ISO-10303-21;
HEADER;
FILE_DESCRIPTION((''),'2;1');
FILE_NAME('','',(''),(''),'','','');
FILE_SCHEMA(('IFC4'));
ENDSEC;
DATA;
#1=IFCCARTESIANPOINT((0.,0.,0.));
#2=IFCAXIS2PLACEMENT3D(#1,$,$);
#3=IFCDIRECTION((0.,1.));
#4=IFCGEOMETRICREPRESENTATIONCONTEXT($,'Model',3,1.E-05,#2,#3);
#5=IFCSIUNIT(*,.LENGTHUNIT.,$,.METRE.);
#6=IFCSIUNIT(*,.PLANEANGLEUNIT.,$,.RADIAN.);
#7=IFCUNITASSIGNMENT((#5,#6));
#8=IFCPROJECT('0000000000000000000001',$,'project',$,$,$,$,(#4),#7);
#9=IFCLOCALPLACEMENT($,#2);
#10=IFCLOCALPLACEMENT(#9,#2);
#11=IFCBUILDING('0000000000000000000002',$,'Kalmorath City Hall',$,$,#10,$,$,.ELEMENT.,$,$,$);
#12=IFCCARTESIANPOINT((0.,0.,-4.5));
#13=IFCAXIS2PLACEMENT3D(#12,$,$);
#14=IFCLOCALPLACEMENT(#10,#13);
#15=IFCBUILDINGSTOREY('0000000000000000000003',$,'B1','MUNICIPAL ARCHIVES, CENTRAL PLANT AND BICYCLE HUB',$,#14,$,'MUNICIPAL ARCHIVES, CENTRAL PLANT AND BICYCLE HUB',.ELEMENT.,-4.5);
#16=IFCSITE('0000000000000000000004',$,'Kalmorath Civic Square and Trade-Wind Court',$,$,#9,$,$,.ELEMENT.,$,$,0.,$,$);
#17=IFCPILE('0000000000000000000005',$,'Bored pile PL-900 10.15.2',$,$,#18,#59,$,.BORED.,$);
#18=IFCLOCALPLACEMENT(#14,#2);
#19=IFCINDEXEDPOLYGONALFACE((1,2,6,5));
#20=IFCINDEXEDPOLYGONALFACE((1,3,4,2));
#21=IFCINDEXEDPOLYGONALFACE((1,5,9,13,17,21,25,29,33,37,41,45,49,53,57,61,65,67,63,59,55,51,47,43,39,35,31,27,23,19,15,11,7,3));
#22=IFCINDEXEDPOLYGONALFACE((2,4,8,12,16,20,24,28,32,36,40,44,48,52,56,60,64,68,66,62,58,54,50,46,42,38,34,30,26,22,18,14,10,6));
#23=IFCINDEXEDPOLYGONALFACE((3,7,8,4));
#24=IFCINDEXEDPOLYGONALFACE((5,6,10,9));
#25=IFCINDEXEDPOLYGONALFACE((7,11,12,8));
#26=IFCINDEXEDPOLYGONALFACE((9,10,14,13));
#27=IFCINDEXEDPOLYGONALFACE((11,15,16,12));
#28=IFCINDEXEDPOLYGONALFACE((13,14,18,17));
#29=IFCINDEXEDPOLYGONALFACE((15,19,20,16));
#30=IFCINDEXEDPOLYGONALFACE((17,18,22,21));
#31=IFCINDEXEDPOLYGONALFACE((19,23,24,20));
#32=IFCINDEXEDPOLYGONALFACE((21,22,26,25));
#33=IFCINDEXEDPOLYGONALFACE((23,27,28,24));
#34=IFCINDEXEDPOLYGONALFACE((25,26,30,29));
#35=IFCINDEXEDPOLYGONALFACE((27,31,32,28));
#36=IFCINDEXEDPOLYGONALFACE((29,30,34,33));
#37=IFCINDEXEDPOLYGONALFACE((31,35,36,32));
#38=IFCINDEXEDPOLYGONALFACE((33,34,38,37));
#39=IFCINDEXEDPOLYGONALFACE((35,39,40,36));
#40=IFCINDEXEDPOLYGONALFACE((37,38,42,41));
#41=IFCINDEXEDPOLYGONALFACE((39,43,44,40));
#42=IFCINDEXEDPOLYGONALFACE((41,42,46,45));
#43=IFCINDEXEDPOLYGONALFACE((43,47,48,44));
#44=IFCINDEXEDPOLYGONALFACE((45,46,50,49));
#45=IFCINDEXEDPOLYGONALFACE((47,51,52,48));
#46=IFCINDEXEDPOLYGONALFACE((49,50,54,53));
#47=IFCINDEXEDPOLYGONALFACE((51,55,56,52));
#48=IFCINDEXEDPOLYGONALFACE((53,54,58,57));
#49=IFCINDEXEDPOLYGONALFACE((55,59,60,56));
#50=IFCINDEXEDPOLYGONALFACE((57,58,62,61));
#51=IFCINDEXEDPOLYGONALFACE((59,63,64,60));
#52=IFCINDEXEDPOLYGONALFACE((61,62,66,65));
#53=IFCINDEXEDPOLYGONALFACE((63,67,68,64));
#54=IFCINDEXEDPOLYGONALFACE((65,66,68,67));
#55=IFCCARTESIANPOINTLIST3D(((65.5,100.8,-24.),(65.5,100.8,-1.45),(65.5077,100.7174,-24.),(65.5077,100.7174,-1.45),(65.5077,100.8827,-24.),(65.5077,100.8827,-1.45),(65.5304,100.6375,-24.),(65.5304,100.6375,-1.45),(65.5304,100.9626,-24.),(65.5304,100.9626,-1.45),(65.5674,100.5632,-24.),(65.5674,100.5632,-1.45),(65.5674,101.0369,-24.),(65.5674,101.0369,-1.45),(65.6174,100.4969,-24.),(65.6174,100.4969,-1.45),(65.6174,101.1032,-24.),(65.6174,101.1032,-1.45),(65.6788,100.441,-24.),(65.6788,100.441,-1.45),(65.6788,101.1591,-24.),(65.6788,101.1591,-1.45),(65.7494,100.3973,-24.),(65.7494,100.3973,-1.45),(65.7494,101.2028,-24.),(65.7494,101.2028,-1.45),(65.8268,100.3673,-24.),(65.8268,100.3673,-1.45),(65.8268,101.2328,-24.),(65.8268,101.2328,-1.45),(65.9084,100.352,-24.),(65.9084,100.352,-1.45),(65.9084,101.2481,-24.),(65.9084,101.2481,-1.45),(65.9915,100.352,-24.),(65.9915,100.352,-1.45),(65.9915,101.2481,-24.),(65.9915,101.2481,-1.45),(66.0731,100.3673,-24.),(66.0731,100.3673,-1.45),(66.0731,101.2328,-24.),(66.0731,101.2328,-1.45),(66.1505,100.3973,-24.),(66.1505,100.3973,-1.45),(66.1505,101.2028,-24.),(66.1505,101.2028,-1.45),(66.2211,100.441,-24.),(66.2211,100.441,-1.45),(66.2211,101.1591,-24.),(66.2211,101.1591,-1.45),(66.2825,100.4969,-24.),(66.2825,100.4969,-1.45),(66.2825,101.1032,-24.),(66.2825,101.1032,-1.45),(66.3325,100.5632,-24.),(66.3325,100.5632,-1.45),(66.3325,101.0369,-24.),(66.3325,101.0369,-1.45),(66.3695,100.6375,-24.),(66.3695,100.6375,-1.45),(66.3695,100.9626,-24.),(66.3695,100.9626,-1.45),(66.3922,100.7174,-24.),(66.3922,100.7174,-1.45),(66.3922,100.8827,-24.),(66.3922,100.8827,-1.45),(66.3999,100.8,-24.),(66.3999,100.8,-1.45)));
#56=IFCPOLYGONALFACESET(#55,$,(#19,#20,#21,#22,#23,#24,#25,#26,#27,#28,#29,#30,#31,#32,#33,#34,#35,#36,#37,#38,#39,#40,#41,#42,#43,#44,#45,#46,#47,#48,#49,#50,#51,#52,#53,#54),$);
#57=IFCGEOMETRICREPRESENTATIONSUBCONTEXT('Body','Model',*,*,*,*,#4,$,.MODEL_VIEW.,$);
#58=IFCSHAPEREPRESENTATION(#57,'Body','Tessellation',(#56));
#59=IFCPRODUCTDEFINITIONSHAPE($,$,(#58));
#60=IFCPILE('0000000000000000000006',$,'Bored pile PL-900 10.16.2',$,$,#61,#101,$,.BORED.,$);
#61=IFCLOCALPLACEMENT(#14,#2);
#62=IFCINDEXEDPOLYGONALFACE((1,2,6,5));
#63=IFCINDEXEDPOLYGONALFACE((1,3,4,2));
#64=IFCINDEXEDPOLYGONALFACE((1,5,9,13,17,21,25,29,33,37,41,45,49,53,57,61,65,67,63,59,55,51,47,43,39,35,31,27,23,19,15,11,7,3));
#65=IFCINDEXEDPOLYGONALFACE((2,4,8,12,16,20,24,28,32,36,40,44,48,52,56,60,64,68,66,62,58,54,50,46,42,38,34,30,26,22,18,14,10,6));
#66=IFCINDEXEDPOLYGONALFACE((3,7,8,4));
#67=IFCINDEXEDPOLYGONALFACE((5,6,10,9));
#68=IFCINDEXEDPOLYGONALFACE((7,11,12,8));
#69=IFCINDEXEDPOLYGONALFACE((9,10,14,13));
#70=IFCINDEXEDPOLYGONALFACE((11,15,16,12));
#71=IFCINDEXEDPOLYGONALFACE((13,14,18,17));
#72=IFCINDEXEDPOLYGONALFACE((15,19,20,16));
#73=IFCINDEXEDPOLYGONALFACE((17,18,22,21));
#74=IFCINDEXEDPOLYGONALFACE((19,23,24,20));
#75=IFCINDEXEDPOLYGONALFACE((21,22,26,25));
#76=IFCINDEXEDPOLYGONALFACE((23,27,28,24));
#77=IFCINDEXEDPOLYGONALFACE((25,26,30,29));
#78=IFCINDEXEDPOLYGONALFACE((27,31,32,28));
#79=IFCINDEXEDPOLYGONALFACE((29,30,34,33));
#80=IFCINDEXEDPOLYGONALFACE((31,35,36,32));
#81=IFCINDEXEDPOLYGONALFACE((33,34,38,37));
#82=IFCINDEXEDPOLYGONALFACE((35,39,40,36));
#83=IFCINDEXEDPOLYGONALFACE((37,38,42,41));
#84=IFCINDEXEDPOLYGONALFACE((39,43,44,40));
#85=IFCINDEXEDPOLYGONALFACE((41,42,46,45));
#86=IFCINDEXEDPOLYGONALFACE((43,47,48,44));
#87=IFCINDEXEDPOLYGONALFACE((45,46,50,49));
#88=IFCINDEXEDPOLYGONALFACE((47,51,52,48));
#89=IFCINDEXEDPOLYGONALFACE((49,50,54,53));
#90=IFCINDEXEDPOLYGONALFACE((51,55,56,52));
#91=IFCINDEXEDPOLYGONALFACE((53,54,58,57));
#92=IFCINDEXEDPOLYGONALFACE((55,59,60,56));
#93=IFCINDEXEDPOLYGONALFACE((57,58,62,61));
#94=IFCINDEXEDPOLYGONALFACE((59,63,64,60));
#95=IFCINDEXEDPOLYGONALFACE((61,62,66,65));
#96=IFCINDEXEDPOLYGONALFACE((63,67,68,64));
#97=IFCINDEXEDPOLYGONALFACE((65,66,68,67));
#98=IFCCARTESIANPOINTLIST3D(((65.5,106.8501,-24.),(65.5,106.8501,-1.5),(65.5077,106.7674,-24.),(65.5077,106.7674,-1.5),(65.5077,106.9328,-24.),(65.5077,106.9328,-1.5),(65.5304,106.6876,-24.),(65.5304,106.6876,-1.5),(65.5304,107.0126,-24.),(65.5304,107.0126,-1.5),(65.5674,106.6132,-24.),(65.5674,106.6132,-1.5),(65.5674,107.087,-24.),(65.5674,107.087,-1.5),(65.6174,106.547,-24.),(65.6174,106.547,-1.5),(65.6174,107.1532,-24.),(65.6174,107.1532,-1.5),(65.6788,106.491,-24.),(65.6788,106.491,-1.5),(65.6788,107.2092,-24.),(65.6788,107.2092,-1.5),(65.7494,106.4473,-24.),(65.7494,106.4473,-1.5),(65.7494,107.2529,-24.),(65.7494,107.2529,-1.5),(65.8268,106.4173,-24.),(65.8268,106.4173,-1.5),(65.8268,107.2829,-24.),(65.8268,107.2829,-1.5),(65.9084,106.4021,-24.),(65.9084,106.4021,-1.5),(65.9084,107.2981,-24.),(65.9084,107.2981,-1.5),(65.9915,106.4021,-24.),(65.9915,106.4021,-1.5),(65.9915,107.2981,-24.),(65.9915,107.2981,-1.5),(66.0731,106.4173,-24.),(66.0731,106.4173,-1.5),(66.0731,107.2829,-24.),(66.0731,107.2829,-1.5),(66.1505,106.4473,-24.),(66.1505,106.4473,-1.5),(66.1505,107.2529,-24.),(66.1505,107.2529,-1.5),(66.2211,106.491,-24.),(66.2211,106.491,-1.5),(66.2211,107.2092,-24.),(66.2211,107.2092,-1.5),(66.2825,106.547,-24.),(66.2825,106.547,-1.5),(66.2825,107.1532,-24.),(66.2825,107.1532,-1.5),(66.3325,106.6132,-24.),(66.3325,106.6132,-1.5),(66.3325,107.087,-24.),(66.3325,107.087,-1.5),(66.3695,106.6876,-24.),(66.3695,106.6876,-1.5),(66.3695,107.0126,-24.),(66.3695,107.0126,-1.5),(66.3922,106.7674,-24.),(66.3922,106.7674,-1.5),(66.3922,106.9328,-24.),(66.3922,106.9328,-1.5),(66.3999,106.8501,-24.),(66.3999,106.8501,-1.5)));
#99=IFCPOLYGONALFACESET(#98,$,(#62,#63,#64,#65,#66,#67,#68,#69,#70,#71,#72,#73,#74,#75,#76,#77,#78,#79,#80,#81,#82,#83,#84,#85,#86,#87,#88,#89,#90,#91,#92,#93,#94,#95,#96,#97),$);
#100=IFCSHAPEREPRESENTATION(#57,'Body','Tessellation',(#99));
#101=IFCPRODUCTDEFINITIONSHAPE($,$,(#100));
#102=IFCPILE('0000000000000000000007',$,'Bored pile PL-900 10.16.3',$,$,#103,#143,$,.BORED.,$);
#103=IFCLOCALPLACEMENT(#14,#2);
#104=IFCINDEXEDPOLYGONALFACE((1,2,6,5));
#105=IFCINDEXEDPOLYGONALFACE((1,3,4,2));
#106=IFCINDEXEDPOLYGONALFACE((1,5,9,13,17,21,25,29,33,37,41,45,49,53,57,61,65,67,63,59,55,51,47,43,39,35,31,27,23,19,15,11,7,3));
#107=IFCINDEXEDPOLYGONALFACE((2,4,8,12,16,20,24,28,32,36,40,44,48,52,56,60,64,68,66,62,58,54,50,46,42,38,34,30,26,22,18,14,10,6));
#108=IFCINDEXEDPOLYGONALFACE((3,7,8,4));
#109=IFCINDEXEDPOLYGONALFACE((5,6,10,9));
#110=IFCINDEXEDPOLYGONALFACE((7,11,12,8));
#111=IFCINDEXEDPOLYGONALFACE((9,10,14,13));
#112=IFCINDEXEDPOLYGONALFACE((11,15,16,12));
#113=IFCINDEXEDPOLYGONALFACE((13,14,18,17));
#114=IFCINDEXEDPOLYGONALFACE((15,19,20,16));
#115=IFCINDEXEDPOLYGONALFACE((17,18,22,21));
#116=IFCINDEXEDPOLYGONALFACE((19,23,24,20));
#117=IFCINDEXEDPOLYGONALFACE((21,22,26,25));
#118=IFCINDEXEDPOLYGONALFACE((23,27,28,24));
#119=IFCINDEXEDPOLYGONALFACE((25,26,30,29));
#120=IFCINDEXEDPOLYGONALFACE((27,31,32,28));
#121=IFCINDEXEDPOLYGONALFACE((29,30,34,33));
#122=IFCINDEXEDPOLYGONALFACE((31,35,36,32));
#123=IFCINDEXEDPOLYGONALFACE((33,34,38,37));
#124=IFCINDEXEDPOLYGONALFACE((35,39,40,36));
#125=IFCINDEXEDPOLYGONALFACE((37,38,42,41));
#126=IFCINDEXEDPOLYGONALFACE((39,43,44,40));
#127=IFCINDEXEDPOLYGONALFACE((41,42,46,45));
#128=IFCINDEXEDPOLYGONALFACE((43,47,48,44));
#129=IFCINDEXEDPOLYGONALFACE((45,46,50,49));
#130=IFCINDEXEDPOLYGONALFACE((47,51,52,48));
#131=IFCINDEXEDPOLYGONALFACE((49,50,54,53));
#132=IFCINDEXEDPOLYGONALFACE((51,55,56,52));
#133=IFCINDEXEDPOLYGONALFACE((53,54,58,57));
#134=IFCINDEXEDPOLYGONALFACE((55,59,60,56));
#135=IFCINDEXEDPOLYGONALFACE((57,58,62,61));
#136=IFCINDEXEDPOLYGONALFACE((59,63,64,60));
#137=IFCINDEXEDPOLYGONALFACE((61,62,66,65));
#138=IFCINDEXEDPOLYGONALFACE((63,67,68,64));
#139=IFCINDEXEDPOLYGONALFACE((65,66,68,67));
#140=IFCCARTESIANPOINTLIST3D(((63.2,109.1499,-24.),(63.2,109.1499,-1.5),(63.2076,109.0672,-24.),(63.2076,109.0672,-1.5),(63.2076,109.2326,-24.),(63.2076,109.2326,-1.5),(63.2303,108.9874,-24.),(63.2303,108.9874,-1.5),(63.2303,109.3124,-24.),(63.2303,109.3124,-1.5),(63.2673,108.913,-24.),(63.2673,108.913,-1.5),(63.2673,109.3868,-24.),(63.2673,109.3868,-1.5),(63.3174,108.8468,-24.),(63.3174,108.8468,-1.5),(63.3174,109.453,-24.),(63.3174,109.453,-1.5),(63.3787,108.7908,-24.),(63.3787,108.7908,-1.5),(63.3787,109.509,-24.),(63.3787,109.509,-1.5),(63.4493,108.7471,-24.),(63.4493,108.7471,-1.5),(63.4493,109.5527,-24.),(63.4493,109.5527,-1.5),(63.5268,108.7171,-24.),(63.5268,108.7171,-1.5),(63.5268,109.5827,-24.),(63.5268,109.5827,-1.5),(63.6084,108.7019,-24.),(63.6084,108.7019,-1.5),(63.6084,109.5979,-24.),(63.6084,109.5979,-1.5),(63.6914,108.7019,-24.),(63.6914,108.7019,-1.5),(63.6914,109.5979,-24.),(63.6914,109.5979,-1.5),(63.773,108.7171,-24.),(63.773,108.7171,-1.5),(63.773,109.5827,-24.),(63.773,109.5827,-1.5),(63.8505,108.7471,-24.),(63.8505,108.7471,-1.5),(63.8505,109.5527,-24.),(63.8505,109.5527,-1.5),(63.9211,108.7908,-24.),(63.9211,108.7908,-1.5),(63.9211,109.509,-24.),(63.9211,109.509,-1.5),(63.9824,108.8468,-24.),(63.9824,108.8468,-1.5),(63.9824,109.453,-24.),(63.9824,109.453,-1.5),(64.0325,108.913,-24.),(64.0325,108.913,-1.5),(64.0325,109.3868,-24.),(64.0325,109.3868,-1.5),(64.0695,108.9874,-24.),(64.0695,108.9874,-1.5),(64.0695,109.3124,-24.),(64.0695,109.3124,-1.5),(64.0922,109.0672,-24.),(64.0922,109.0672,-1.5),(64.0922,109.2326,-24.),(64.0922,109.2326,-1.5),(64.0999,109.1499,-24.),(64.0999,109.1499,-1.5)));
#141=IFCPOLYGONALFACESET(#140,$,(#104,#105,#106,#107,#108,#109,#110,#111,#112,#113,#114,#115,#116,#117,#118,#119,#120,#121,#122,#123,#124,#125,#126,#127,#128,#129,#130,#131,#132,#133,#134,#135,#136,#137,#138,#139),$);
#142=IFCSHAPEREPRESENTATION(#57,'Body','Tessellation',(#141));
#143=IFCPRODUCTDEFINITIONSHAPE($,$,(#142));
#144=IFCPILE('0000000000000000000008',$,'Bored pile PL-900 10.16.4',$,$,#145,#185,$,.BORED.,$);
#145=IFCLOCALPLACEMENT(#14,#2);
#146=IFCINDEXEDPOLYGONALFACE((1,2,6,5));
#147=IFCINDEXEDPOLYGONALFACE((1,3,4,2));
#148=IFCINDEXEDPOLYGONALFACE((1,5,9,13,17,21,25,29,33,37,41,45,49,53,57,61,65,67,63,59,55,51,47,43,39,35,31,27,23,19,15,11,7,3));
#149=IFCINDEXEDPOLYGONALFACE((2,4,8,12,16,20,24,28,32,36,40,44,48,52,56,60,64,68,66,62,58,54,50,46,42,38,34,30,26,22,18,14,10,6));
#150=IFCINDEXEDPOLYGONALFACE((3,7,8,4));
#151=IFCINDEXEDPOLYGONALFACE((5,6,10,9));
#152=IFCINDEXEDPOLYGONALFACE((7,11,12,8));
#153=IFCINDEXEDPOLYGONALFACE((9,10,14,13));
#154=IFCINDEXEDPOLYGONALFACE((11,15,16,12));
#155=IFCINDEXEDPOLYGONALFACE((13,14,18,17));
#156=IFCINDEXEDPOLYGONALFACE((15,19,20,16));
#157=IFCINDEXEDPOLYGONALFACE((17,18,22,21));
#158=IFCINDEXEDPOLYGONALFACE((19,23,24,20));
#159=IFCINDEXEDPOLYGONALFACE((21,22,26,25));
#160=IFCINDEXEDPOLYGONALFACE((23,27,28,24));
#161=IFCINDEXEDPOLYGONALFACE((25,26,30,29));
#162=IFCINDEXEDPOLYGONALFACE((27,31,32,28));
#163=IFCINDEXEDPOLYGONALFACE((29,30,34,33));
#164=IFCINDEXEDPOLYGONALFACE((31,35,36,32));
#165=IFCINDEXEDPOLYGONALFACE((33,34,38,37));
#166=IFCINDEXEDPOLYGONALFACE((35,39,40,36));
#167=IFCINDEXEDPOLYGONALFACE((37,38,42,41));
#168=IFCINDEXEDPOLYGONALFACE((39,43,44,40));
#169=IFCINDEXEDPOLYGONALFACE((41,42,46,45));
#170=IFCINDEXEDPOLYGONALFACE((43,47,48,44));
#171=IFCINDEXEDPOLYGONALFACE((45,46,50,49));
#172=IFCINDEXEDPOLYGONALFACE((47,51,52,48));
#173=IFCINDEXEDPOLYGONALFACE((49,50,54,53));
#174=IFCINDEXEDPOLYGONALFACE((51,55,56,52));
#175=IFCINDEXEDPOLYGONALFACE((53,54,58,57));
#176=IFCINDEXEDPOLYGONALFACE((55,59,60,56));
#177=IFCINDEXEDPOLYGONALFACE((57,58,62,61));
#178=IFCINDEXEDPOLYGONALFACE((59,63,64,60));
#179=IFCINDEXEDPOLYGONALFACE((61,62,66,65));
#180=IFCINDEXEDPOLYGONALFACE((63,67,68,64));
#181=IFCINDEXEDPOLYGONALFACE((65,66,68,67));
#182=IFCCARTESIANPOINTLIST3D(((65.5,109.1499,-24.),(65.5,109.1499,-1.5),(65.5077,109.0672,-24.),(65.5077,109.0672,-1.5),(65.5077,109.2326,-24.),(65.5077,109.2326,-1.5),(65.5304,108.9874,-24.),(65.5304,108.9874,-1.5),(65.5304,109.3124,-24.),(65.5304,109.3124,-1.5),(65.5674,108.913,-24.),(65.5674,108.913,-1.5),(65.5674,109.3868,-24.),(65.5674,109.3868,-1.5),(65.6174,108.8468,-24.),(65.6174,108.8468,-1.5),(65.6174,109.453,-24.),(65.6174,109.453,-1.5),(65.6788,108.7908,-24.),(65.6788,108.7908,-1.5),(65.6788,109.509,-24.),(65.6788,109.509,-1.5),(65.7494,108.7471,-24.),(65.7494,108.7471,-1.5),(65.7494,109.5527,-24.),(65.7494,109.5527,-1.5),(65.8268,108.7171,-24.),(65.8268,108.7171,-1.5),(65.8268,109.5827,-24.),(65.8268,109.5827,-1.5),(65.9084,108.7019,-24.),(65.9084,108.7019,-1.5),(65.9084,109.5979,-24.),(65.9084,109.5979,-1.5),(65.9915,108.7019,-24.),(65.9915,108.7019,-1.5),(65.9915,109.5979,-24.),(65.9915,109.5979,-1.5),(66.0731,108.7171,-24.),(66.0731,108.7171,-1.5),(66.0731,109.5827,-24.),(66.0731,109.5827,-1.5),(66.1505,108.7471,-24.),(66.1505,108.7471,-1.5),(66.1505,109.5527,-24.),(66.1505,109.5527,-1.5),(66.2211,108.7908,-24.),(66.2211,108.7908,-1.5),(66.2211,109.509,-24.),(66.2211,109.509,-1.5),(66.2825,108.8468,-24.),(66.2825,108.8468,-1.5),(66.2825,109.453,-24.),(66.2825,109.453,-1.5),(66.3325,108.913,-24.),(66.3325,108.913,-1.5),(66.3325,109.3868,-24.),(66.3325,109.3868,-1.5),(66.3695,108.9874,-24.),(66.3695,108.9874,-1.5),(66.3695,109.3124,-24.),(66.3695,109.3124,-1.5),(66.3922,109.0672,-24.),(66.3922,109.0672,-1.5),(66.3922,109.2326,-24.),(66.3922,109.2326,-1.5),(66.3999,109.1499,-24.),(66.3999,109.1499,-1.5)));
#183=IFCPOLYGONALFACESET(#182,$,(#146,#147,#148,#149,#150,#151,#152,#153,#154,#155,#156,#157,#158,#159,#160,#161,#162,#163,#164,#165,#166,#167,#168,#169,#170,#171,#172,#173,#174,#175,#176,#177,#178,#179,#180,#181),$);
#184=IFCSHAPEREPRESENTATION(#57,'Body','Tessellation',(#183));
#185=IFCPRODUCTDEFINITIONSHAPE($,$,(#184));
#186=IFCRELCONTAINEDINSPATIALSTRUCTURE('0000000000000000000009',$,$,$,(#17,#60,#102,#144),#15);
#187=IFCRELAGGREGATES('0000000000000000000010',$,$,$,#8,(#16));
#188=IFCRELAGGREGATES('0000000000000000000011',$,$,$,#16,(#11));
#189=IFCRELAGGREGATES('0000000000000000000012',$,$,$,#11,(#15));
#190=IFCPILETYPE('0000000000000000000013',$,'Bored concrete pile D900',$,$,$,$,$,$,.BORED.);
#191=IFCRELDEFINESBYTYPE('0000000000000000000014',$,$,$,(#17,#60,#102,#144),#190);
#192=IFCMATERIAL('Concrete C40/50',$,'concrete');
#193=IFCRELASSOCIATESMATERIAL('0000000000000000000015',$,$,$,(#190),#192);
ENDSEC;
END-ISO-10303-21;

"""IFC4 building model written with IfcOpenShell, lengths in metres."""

from ifc_helpers import new_model, si_unit, direction, frame, origin, origin_2d, place, context, subcontext, project, spatial, circle, extrude, material, material_profile, profile_set, type_object, element, save


model = new_model("IFC4")

# Units and contexts
model_context = context("Model", 3, precision=1e-05, world=origin(), true_north=direction((0.0, 1.0)))
body_context = subcontext(model_context, "Body", "Model", "MODEL_VIEW")
ifc_project = project(units=[si_unit("LENGTHUNIT", "METRE"), si_unit("PLANEANGLEUNIT", "RADIAN")], contexts=[model_context])

# Site, building, storey
site_placement = place(None, origin())
site = spatial("IfcSite", under=ifc_project, at=site_placement, Name="Kalmorath Civic Square and Trade-Wind Court", CompositionType="ELEMENT", RefElevation=0.0)
building_placement = place(site_placement, origin())
building = spatial("IfcBuilding", under=site, at=building_placement, Name="Kalmorath City Hall", CompositionType="ELEMENT")
storey_placement = place(building_placement, frame((0.0, 0.0, -4.5)))
storey = spatial("IfcBuildingStorey", under=building, at=storey_placement, Name="B1", Description="MUNICIPAL ARCHIVES, CENTRAL PLANT AND BICYCLE HUB", LongName="MUNICIPAL ARCHIVES, CENTRAL PLANT AND BICYCLE HUB", CompositionType="ELEMENT", Elevation=-4.5)

# Piles
ifc_material_1 = material(Name="Concrete C40/50", Category="concrete")
ifc_material_profile_1 = material_profile(ifc_material_1, circle(Radius=0.45, at=origin_2d()), Name="PILE-D900")
ifc_profile_set_1 = profile_set([ifc_material_profile_1], Name="Concrete C40/50")
pile_type = type_object("IfcPileType", Name="Bored concrete pile D900", PredefinedType="BORED", material=ifc_profile_set_1)
pile_1_placement = place(storey_placement, frame((65.95, 100.8, -1.45), z_axis=(0.0, 0.0, -1.0), x_axis=(1.0, 0.0, 0.0)))
element("IfcPile", 1, at=pile_1_placement, inside=storey, type_object=pile_type, Name="Bored pile PL-900 10.15.2", PredefinedType="BORED", context=body_context, shape_type="SweptSolid", body=[
    extrude(circle(Radius=0.45, at=origin_2d()), origin(), (0.0, 0.0, 1.0), 22.55),
])
for number, where, z_axis, x_axis, name in (
    (2, (65.95, 106.8501, -1.5), (0.0, 0.0, -1.0), (1.0, 0.0, 0.0), "Bored pile PL-900 10.16.2"),
    (3, (63.6499, 109.1499, -1.5), (0.0, 0.0, -1.0), (1.0, 0.0, 0.0), "Bored pile PL-900 10.16.3"),
    (4, (65.95, 109.1499, -1.5), (0.0, 0.0, -1.0), (1.0, 0.0, 0.0), "Bored pile PL-900 10.16.4"),
):
    element("IfcPile", number, at=place(storey_placement, frame(where, z_axis=z_axis, x_axis=x_axis)), inside=storey, type_object=pile_type, Name=name, PredefinedType="BORED", context=body_context, shape_type="SweptSolid", body=[
        extrude(circle(Radius=0.45, at=origin_2d()), origin(), (0.0, 0.0, 1.0), 22.5),
    ])

save(model, "model.ifc")
